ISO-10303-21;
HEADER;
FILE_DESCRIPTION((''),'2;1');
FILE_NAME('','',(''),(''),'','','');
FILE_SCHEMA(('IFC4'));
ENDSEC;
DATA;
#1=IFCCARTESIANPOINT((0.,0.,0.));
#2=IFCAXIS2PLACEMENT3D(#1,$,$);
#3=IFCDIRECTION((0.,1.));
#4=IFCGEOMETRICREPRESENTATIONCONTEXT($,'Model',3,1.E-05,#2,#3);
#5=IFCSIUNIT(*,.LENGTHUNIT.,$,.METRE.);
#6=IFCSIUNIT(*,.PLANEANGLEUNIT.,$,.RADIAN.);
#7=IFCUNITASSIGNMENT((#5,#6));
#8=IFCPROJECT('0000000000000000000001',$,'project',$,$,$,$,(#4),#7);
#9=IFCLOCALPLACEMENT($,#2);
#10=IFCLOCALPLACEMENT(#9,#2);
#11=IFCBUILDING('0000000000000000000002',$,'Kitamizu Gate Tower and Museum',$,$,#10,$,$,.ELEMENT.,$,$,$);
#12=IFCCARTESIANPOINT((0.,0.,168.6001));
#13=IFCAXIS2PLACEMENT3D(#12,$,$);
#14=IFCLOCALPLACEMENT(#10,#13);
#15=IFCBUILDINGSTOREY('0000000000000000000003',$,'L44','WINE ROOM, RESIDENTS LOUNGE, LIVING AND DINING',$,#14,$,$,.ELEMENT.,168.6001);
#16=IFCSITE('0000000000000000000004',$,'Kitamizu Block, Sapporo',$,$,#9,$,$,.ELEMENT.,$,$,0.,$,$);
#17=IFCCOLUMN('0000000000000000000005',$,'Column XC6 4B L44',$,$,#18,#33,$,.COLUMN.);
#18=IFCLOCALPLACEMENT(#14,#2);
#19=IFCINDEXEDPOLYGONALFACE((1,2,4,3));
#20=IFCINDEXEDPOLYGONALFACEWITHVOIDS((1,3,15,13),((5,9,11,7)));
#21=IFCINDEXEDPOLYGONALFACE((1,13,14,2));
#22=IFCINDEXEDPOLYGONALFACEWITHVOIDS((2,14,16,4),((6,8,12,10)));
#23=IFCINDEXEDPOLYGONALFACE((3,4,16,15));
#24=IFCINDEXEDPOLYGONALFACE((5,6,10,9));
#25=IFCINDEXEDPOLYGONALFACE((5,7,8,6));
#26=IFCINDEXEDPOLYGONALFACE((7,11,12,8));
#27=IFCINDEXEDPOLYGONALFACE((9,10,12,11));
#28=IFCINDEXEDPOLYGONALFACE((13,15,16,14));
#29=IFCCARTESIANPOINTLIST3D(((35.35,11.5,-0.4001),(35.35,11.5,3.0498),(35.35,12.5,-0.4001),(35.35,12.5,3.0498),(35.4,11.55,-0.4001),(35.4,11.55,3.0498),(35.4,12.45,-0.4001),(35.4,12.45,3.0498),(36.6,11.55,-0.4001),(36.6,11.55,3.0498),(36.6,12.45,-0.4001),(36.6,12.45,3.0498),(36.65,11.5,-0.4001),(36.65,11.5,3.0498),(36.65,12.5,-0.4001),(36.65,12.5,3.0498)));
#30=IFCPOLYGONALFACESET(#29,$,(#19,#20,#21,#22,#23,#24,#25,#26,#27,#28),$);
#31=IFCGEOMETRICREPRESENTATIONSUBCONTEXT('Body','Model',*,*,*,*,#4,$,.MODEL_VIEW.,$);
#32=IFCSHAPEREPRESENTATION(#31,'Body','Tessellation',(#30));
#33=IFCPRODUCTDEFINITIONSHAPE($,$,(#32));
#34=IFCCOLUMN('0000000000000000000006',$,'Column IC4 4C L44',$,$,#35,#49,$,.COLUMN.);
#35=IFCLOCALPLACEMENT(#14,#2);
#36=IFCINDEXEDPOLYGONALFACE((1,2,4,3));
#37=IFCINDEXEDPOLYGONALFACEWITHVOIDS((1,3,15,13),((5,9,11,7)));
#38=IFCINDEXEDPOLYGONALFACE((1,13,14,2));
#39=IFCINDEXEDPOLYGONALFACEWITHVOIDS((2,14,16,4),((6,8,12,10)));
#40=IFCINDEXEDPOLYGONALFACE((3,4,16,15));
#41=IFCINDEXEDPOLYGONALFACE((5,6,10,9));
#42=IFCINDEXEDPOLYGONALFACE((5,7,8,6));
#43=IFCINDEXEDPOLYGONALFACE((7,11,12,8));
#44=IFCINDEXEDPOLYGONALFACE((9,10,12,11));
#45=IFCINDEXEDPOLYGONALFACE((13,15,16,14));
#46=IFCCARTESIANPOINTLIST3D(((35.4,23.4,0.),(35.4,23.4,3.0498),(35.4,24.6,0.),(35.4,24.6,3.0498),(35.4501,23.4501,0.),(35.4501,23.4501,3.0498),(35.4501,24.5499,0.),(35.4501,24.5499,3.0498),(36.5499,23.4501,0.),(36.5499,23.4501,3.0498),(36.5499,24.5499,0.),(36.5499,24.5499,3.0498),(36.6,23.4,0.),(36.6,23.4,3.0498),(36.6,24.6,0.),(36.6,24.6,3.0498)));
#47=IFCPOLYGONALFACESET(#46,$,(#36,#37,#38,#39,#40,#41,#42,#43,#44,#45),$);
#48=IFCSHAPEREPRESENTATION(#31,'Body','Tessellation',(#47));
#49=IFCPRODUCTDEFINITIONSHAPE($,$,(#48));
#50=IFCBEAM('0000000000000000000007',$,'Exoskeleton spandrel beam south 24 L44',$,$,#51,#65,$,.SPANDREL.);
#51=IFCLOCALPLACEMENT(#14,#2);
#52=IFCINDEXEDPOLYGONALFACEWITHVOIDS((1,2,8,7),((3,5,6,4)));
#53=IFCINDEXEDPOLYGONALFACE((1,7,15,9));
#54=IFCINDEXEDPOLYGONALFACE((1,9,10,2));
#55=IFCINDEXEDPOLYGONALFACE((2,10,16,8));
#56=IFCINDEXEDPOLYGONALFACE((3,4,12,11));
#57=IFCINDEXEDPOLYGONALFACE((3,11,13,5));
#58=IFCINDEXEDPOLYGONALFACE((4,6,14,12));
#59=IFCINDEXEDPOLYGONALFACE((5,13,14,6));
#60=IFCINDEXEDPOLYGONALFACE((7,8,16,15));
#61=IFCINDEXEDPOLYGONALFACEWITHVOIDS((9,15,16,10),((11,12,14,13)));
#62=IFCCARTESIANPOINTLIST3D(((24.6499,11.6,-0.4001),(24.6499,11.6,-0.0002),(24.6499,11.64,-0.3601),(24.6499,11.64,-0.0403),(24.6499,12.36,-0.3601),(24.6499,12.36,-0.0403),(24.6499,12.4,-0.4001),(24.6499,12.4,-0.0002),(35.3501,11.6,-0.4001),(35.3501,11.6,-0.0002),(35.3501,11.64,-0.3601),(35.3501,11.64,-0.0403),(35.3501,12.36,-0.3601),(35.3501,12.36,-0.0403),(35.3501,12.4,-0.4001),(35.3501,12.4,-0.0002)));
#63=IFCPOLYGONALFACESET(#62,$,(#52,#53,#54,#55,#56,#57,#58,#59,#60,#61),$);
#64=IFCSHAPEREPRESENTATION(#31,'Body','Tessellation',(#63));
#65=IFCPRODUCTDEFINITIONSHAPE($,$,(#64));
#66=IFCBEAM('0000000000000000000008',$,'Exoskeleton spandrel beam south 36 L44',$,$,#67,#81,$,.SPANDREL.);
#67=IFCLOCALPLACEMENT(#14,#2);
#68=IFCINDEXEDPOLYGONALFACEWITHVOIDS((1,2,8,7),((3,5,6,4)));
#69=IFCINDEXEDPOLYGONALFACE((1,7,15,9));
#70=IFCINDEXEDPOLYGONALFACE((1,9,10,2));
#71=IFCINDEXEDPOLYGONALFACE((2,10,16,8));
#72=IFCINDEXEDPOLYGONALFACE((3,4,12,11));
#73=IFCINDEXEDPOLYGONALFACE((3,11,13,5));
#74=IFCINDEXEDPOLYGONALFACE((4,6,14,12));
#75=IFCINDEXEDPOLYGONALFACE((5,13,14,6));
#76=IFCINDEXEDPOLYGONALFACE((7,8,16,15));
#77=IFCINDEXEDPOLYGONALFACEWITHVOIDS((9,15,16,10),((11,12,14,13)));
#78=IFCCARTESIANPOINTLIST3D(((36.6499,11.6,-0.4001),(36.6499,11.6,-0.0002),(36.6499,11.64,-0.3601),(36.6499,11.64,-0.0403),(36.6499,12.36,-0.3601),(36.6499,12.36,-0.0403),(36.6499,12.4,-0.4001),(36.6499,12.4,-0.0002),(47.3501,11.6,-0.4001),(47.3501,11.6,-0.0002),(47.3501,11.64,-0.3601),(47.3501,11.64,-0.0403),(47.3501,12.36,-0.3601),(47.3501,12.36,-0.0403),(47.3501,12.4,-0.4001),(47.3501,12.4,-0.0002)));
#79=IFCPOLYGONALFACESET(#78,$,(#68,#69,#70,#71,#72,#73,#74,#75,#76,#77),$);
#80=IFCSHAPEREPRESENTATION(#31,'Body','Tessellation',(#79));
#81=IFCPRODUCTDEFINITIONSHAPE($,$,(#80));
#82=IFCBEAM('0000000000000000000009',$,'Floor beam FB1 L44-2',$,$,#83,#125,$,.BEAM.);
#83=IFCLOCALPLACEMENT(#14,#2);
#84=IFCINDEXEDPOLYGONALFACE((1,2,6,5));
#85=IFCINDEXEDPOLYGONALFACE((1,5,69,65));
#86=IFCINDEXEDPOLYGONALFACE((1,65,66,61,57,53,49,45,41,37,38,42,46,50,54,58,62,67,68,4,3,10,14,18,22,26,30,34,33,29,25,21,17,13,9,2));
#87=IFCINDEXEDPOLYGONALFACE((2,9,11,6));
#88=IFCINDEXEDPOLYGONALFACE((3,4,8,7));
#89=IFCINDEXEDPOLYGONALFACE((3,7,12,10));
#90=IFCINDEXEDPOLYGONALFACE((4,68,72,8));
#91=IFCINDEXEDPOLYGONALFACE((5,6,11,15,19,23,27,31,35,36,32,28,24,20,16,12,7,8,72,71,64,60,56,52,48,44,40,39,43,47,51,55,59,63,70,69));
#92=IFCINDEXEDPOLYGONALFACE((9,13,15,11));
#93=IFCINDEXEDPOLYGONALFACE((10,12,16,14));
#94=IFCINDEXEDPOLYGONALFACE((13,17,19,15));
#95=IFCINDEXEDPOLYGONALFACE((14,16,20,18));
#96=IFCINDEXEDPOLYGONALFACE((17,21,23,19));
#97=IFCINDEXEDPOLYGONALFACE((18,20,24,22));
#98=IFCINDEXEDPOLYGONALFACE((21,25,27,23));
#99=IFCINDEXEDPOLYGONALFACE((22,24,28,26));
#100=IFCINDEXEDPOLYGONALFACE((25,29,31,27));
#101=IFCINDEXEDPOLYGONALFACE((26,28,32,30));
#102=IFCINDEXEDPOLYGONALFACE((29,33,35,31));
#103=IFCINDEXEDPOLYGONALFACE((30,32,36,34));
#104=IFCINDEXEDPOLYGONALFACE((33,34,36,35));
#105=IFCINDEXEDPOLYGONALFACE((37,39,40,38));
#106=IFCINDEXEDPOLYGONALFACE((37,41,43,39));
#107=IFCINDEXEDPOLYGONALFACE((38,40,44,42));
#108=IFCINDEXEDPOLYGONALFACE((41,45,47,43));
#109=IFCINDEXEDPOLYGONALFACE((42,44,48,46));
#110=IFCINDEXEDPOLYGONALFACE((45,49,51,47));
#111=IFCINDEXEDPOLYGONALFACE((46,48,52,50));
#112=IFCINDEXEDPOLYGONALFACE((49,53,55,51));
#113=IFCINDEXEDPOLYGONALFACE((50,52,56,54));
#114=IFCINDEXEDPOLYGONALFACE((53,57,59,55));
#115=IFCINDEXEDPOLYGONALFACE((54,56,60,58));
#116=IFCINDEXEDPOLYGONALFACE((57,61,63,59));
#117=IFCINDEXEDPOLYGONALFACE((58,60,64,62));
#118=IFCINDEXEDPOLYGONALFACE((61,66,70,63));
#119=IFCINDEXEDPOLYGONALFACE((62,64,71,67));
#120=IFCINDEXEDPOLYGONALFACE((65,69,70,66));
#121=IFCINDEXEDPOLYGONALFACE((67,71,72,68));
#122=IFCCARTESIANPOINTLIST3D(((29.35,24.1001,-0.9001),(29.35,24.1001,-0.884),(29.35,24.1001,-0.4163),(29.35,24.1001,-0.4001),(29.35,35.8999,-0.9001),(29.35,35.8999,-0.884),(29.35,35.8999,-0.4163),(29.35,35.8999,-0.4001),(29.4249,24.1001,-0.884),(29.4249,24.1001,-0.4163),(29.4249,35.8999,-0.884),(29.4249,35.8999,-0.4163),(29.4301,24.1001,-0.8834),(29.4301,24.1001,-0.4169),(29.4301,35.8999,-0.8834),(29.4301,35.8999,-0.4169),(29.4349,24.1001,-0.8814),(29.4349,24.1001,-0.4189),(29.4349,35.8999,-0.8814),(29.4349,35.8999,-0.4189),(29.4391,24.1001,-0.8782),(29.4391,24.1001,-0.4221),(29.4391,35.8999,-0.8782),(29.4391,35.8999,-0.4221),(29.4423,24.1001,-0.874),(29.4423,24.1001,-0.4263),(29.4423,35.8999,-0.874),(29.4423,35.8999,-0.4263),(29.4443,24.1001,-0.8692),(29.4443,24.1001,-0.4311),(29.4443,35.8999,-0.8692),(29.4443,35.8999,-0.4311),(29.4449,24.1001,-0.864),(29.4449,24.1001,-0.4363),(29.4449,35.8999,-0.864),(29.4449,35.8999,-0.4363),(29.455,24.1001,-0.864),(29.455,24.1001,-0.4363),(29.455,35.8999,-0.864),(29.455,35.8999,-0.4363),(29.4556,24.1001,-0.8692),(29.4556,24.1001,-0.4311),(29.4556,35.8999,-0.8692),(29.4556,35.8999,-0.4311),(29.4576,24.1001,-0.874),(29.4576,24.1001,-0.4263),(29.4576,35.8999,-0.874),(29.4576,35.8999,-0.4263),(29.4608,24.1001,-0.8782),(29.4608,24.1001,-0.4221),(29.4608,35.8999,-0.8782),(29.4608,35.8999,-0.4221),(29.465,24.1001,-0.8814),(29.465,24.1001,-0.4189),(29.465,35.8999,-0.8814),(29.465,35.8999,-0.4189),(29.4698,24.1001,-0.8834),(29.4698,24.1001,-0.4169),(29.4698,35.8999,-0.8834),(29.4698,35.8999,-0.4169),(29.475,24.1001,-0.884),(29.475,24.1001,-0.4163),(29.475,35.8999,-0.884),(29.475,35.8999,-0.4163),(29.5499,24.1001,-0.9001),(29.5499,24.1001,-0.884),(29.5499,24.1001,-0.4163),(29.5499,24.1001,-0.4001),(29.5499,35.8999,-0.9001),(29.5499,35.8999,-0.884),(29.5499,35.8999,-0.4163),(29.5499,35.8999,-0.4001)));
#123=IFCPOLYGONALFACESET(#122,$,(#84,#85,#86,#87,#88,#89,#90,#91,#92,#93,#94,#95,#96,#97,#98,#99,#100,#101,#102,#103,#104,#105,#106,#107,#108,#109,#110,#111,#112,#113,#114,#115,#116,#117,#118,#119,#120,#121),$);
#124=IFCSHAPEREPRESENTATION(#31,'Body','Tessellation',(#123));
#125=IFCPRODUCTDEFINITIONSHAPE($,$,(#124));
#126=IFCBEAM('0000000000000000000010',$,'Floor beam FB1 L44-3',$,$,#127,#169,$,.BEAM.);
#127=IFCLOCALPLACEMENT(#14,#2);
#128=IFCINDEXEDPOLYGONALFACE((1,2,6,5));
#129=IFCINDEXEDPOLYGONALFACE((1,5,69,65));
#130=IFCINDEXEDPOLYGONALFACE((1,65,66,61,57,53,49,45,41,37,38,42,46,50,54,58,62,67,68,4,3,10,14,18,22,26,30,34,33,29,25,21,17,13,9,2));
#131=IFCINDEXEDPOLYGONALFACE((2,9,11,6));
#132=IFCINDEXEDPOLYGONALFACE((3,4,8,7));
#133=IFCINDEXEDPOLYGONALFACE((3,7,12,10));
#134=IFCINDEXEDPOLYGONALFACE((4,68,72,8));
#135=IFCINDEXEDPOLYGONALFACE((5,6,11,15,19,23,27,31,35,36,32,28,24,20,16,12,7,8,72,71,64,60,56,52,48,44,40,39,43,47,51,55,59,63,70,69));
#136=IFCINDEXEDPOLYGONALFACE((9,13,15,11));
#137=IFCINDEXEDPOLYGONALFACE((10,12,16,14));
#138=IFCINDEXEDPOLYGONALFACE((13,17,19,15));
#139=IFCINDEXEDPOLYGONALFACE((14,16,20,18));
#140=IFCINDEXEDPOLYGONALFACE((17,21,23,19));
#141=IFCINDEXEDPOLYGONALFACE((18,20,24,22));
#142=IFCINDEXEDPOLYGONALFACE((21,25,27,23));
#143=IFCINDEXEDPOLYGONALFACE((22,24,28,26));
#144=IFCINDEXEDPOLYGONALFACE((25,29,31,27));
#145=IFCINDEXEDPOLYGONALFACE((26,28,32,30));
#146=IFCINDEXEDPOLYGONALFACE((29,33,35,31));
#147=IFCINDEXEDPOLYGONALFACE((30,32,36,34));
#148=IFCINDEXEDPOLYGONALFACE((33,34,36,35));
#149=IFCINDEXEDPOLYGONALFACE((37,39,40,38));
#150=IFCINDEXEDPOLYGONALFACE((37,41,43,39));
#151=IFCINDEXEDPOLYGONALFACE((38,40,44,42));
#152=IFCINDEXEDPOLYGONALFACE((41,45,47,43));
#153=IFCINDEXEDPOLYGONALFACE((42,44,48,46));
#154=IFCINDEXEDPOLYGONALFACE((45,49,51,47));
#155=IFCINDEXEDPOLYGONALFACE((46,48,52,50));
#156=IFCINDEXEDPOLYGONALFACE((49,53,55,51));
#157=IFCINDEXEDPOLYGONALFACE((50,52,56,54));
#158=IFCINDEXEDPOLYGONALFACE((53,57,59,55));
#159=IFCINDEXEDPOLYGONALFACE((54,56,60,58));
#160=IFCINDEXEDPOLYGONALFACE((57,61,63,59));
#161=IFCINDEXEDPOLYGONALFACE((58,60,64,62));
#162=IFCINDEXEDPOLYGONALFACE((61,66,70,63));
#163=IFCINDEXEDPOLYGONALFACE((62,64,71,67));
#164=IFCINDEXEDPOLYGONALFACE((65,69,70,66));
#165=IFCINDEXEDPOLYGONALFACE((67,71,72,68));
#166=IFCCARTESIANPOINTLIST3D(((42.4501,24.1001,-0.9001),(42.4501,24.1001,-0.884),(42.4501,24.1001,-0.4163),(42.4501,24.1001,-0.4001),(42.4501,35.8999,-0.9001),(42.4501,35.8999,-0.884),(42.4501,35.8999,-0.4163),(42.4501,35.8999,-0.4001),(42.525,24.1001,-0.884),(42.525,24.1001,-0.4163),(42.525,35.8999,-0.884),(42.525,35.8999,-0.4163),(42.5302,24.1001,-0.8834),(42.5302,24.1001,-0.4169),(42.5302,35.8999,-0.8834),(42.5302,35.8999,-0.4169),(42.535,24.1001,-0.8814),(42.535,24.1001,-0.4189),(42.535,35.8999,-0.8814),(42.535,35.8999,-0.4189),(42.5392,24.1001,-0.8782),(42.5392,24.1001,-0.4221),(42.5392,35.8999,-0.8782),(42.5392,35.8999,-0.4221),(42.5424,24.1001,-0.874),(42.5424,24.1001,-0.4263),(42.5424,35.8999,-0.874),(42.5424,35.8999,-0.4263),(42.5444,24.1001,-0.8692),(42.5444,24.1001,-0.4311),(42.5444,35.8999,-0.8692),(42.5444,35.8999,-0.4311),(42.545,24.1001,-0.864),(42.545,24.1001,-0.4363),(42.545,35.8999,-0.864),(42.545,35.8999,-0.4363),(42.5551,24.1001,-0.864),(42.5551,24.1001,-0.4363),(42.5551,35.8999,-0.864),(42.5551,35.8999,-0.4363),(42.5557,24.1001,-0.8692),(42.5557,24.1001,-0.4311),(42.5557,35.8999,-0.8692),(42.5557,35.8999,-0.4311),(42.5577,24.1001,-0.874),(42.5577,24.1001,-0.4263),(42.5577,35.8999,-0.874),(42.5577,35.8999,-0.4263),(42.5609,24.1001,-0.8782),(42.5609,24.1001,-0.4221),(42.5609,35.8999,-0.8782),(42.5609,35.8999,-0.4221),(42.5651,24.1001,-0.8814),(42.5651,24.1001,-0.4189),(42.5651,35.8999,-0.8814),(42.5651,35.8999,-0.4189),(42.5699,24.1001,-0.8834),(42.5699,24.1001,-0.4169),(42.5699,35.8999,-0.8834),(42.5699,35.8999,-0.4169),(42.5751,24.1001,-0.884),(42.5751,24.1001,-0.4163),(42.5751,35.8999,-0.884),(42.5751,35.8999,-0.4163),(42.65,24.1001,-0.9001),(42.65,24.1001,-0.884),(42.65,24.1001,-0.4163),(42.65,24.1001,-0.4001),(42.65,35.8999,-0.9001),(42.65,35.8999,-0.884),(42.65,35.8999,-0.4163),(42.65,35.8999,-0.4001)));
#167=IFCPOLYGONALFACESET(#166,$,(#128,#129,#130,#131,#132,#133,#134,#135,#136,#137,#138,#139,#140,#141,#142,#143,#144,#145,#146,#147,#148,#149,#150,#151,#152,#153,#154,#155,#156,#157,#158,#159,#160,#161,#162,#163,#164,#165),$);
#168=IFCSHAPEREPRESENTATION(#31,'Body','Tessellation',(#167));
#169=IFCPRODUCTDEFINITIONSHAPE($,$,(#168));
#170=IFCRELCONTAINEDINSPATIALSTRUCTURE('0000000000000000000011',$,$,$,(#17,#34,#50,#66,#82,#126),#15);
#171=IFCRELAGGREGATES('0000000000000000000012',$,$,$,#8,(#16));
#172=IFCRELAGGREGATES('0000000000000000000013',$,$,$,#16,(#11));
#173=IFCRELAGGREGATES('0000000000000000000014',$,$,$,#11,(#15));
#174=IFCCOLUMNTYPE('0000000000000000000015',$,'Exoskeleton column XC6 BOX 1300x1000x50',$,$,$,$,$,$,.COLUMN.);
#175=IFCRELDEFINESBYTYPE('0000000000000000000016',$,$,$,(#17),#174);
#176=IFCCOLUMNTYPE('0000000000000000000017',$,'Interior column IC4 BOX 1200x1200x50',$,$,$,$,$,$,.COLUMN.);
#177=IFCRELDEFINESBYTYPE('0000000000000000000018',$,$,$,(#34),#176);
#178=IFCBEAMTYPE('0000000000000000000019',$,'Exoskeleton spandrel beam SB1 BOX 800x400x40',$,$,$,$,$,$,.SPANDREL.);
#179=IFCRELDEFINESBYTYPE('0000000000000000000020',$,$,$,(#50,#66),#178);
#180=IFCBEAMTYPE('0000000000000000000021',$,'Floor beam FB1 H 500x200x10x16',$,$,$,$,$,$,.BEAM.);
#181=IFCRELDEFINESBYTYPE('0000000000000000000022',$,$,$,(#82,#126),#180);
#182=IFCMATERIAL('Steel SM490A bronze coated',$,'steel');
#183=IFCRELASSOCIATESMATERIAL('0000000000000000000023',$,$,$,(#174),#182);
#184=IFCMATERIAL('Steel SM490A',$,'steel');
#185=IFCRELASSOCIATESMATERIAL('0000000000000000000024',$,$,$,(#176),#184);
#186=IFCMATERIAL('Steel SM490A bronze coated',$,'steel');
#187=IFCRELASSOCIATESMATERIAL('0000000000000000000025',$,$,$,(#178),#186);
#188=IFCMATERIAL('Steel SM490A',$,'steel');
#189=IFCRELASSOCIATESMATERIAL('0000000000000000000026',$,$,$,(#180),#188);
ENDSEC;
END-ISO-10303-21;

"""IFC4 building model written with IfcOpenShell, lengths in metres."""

from ifc_helpers import new_model, si_unit, direction, frame, origin, origin_2d, place, context, subcontext, project, spatial, hollow_rectangle, i_section, extrude, material, material_profile, profile_set, type_object, element, save


model = new_model("IFC4")

# Units and contexts
model_context = context("Model", 3, precision=1e-05, world=origin(), true_north=direction((0.0, 1.0)))
body_context = subcontext(model_context, "Body", "Model", "MODEL_VIEW")
ifc_project = project(units=[si_unit("LENGTHUNIT", "METRE"), si_unit("PLANEANGLEUNIT", "RADIAN")], contexts=[model_context])

# Site, building, storey
site_placement = place(None, origin())
site = spatial("IfcSite", under=ifc_project, at=site_placement, Name="Kitamizu Block, Sapporo", CompositionType="ELEMENT", RefElevation=0.0)
building_placement = place(site_placement, origin())
building = spatial("IfcBuilding", under=site, at=building_placement, Name="Kitamizu Gate Tower and Museum", CompositionType="ELEMENT")
storey_placement = place(building_placement, frame((0.0, 0.0, 168.6001)))
storey = spatial("IfcBuildingStorey", under=building, at=storey_placement, Name="L44", Description="WINE ROOM, RESIDENTS LOUNGE, LIVING AND DINING", CompositionType="ELEMENT", Elevation=168.6001)

# Columns
ifc_material_1 = material(Name="Steel SM490A bronze coated", Category="steel")
ifc_material_profile_1 = material_profile(ifc_material_1, hollow_rectangle(XDim=1.3, YDim=1.0, WallThickness=0.05, at=origin_2d()), Name="BOX 1300x1000x50")
ifc_profile_set_1 = profile_set([ifc_material_profile_1], Name="Steel SM490A bronze coated")
column_type_1 = type_object("IfcColumnType", Name="Exoskeleton column XC6 BOX 1300x1000x50", PredefinedType="COLUMN", material=ifc_profile_set_1)
column_1_placement = place(storey_placement, frame((36.0, 12.0, -0.4001), z_axis=(0.0, 0.0, 1.0), x_axis=(1.0, 0.0, 0.0)))
element("IfcColumn", 1, at=column_1_placement, inside=storey, type_object=column_type_1, Name="Column XC6 4B L44", PredefinedType="COLUMN", context=body_context, shape_type="SweptSolid", body=[
    extrude(hollow_rectangle(XDim=1.3, YDim=1.0, WallThickness=0.05, at=origin_2d()), origin(), (0.0, 0.0, 1.0), 3.45),
])
ifc_material_2 = material(Name="Steel SM490A", Category="steel")
ifc_material_profile_2 = material_profile(ifc_material_2, hollow_rectangle(XDim=1.2, YDim=1.2, WallThickness=0.05, at=origin_2d()), Name="BOX 1200x1200x50")
ifc_profile_set_2 = profile_set([ifc_material_profile_2], Name="Steel SM490A")
column_type_2 = type_object("IfcColumnType", Name="Interior column IC4 BOX 1200x1200x50", PredefinedType="COLUMN", material=ifc_profile_set_2)
column_2_placement = place(storey_placement, frame((36.0, 24.0, 0.0), z_axis=(0.0, 0.0, 1.0), x_axis=(1.0, 0.0, 0.0)))
element("IfcColumn", 2, at=column_2_placement, inside=storey, type_object=column_type_2, Name="Column IC4 4C L44", PredefinedType="COLUMN", context=body_context, shape_type="SweptSolid", body=[
    extrude(hollow_rectangle(XDim=1.2, YDim=1.2, WallThickness=0.05, at=origin_2d()), origin(), (0.0, 0.0, 1.0), 3.0498),
])

# Beams
ifc_material_3 = material(Name="Steel SM490A bronze coated", Category="steel")
ifc_material_profile_3 = material_profile(ifc_material_3, hollow_rectangle(XDim=0.8, YDim=0.3999, WallThickness=0.04, at=origin_2d()), Name="BOX 800x400x40")
ifc_profile_set_3 = profile_set([ifc_material_profile_3], Name="Steel SM490A bronze coated")
beam_type_1 = type_object("IfcBeamType", Name="Exoskeleton spandrel beam SB1 BOX 800x400x40", PredefinedType="SPANDREL", material=ifc_profile_set_3)
for number, where, z_axis, x_axis, name in (
    (3, (24.6499, 12.0, -0.2002), (1.0, 0.0, 0.0), (0.0, 1.0, 0.0), "Exoskeleton spandrel beam south 24 L44"),
    (4, (36.6499, 12.0, -0.2002), (1.0, 0.0, 0.0), (0.0, 1.0, 0.0), "Exoskeleton spandrel beam south 36 L44"),
):
    element("IfcBeam", number, at=place(storey_placement, frame(where, z_axis=z_axis, x_axis=x_axis)), inside=storey, type_object=beam_type_1, Name=name, PredefinedType="SPANDREL", context=body_context, shape_type="SweptSolid", body=[
        extrude(hollow_rectangle(XDim=0.8, YDim=0.3999, WallThickness=0.04, at=origin_2d()), origin(), (0.0, 0.0, 1.0), 10.7002),
    ])
ifc_material_4 = material(Name="Steel SM490A", Category="steel")
ifc_material_profile_4 = material_profile(ifc_material_4, i_section(OverallWidth=0.2, OverallDepth=0.5, WebThickness=0.01, FlangeThickness=0.0161, FilletRadius=0.02, at=origin_2d()), Name="H-500x200x10x16")
ifc_profile_set_4 = profile_set([ifc_material_profile_4], Name="Steel SM490A")
beam_type_2 = type_object("IfcBeamType", Name="Floor beam FB1 H 500x200x10x16", PredefinedType="BEAM", material=ifc_profile_set_4)
for number, where, z_axis, x_axis, name in (
    (5, (29.45, 24.1001, -0.6501), (0.0, 1.0, 0.0), (-1.0, 0.0, 0.0), "Floor beam FB1 L44-2"),
    (6, (42.55, 24.1001, -0.6501), (0.0, 1.0, 0.0), (-1.0, 0.0, 0.0), "Floor beam FB1 L44-3"),
):
    element("IfcBeam", number, at=place(storey_placement, frame(where, z_axis=z_axis, x_axis=x_axis)), inside=storey, type_object=beam_type_2, Name=name, PredefinedType="BEAM", context=body_context, shape_type="SweptSolid", body=[
        extrude(i_section(OverallWidth=0.2, OverallDepth=0.5, WebThickness=0.01, FlangeThickness=0.0161, FilletRadius=0.02, at=origin_2d()), origin(), (0.0, 0.0, 1.0), 11.7998),
    ])

save(model, "model.ifc")
